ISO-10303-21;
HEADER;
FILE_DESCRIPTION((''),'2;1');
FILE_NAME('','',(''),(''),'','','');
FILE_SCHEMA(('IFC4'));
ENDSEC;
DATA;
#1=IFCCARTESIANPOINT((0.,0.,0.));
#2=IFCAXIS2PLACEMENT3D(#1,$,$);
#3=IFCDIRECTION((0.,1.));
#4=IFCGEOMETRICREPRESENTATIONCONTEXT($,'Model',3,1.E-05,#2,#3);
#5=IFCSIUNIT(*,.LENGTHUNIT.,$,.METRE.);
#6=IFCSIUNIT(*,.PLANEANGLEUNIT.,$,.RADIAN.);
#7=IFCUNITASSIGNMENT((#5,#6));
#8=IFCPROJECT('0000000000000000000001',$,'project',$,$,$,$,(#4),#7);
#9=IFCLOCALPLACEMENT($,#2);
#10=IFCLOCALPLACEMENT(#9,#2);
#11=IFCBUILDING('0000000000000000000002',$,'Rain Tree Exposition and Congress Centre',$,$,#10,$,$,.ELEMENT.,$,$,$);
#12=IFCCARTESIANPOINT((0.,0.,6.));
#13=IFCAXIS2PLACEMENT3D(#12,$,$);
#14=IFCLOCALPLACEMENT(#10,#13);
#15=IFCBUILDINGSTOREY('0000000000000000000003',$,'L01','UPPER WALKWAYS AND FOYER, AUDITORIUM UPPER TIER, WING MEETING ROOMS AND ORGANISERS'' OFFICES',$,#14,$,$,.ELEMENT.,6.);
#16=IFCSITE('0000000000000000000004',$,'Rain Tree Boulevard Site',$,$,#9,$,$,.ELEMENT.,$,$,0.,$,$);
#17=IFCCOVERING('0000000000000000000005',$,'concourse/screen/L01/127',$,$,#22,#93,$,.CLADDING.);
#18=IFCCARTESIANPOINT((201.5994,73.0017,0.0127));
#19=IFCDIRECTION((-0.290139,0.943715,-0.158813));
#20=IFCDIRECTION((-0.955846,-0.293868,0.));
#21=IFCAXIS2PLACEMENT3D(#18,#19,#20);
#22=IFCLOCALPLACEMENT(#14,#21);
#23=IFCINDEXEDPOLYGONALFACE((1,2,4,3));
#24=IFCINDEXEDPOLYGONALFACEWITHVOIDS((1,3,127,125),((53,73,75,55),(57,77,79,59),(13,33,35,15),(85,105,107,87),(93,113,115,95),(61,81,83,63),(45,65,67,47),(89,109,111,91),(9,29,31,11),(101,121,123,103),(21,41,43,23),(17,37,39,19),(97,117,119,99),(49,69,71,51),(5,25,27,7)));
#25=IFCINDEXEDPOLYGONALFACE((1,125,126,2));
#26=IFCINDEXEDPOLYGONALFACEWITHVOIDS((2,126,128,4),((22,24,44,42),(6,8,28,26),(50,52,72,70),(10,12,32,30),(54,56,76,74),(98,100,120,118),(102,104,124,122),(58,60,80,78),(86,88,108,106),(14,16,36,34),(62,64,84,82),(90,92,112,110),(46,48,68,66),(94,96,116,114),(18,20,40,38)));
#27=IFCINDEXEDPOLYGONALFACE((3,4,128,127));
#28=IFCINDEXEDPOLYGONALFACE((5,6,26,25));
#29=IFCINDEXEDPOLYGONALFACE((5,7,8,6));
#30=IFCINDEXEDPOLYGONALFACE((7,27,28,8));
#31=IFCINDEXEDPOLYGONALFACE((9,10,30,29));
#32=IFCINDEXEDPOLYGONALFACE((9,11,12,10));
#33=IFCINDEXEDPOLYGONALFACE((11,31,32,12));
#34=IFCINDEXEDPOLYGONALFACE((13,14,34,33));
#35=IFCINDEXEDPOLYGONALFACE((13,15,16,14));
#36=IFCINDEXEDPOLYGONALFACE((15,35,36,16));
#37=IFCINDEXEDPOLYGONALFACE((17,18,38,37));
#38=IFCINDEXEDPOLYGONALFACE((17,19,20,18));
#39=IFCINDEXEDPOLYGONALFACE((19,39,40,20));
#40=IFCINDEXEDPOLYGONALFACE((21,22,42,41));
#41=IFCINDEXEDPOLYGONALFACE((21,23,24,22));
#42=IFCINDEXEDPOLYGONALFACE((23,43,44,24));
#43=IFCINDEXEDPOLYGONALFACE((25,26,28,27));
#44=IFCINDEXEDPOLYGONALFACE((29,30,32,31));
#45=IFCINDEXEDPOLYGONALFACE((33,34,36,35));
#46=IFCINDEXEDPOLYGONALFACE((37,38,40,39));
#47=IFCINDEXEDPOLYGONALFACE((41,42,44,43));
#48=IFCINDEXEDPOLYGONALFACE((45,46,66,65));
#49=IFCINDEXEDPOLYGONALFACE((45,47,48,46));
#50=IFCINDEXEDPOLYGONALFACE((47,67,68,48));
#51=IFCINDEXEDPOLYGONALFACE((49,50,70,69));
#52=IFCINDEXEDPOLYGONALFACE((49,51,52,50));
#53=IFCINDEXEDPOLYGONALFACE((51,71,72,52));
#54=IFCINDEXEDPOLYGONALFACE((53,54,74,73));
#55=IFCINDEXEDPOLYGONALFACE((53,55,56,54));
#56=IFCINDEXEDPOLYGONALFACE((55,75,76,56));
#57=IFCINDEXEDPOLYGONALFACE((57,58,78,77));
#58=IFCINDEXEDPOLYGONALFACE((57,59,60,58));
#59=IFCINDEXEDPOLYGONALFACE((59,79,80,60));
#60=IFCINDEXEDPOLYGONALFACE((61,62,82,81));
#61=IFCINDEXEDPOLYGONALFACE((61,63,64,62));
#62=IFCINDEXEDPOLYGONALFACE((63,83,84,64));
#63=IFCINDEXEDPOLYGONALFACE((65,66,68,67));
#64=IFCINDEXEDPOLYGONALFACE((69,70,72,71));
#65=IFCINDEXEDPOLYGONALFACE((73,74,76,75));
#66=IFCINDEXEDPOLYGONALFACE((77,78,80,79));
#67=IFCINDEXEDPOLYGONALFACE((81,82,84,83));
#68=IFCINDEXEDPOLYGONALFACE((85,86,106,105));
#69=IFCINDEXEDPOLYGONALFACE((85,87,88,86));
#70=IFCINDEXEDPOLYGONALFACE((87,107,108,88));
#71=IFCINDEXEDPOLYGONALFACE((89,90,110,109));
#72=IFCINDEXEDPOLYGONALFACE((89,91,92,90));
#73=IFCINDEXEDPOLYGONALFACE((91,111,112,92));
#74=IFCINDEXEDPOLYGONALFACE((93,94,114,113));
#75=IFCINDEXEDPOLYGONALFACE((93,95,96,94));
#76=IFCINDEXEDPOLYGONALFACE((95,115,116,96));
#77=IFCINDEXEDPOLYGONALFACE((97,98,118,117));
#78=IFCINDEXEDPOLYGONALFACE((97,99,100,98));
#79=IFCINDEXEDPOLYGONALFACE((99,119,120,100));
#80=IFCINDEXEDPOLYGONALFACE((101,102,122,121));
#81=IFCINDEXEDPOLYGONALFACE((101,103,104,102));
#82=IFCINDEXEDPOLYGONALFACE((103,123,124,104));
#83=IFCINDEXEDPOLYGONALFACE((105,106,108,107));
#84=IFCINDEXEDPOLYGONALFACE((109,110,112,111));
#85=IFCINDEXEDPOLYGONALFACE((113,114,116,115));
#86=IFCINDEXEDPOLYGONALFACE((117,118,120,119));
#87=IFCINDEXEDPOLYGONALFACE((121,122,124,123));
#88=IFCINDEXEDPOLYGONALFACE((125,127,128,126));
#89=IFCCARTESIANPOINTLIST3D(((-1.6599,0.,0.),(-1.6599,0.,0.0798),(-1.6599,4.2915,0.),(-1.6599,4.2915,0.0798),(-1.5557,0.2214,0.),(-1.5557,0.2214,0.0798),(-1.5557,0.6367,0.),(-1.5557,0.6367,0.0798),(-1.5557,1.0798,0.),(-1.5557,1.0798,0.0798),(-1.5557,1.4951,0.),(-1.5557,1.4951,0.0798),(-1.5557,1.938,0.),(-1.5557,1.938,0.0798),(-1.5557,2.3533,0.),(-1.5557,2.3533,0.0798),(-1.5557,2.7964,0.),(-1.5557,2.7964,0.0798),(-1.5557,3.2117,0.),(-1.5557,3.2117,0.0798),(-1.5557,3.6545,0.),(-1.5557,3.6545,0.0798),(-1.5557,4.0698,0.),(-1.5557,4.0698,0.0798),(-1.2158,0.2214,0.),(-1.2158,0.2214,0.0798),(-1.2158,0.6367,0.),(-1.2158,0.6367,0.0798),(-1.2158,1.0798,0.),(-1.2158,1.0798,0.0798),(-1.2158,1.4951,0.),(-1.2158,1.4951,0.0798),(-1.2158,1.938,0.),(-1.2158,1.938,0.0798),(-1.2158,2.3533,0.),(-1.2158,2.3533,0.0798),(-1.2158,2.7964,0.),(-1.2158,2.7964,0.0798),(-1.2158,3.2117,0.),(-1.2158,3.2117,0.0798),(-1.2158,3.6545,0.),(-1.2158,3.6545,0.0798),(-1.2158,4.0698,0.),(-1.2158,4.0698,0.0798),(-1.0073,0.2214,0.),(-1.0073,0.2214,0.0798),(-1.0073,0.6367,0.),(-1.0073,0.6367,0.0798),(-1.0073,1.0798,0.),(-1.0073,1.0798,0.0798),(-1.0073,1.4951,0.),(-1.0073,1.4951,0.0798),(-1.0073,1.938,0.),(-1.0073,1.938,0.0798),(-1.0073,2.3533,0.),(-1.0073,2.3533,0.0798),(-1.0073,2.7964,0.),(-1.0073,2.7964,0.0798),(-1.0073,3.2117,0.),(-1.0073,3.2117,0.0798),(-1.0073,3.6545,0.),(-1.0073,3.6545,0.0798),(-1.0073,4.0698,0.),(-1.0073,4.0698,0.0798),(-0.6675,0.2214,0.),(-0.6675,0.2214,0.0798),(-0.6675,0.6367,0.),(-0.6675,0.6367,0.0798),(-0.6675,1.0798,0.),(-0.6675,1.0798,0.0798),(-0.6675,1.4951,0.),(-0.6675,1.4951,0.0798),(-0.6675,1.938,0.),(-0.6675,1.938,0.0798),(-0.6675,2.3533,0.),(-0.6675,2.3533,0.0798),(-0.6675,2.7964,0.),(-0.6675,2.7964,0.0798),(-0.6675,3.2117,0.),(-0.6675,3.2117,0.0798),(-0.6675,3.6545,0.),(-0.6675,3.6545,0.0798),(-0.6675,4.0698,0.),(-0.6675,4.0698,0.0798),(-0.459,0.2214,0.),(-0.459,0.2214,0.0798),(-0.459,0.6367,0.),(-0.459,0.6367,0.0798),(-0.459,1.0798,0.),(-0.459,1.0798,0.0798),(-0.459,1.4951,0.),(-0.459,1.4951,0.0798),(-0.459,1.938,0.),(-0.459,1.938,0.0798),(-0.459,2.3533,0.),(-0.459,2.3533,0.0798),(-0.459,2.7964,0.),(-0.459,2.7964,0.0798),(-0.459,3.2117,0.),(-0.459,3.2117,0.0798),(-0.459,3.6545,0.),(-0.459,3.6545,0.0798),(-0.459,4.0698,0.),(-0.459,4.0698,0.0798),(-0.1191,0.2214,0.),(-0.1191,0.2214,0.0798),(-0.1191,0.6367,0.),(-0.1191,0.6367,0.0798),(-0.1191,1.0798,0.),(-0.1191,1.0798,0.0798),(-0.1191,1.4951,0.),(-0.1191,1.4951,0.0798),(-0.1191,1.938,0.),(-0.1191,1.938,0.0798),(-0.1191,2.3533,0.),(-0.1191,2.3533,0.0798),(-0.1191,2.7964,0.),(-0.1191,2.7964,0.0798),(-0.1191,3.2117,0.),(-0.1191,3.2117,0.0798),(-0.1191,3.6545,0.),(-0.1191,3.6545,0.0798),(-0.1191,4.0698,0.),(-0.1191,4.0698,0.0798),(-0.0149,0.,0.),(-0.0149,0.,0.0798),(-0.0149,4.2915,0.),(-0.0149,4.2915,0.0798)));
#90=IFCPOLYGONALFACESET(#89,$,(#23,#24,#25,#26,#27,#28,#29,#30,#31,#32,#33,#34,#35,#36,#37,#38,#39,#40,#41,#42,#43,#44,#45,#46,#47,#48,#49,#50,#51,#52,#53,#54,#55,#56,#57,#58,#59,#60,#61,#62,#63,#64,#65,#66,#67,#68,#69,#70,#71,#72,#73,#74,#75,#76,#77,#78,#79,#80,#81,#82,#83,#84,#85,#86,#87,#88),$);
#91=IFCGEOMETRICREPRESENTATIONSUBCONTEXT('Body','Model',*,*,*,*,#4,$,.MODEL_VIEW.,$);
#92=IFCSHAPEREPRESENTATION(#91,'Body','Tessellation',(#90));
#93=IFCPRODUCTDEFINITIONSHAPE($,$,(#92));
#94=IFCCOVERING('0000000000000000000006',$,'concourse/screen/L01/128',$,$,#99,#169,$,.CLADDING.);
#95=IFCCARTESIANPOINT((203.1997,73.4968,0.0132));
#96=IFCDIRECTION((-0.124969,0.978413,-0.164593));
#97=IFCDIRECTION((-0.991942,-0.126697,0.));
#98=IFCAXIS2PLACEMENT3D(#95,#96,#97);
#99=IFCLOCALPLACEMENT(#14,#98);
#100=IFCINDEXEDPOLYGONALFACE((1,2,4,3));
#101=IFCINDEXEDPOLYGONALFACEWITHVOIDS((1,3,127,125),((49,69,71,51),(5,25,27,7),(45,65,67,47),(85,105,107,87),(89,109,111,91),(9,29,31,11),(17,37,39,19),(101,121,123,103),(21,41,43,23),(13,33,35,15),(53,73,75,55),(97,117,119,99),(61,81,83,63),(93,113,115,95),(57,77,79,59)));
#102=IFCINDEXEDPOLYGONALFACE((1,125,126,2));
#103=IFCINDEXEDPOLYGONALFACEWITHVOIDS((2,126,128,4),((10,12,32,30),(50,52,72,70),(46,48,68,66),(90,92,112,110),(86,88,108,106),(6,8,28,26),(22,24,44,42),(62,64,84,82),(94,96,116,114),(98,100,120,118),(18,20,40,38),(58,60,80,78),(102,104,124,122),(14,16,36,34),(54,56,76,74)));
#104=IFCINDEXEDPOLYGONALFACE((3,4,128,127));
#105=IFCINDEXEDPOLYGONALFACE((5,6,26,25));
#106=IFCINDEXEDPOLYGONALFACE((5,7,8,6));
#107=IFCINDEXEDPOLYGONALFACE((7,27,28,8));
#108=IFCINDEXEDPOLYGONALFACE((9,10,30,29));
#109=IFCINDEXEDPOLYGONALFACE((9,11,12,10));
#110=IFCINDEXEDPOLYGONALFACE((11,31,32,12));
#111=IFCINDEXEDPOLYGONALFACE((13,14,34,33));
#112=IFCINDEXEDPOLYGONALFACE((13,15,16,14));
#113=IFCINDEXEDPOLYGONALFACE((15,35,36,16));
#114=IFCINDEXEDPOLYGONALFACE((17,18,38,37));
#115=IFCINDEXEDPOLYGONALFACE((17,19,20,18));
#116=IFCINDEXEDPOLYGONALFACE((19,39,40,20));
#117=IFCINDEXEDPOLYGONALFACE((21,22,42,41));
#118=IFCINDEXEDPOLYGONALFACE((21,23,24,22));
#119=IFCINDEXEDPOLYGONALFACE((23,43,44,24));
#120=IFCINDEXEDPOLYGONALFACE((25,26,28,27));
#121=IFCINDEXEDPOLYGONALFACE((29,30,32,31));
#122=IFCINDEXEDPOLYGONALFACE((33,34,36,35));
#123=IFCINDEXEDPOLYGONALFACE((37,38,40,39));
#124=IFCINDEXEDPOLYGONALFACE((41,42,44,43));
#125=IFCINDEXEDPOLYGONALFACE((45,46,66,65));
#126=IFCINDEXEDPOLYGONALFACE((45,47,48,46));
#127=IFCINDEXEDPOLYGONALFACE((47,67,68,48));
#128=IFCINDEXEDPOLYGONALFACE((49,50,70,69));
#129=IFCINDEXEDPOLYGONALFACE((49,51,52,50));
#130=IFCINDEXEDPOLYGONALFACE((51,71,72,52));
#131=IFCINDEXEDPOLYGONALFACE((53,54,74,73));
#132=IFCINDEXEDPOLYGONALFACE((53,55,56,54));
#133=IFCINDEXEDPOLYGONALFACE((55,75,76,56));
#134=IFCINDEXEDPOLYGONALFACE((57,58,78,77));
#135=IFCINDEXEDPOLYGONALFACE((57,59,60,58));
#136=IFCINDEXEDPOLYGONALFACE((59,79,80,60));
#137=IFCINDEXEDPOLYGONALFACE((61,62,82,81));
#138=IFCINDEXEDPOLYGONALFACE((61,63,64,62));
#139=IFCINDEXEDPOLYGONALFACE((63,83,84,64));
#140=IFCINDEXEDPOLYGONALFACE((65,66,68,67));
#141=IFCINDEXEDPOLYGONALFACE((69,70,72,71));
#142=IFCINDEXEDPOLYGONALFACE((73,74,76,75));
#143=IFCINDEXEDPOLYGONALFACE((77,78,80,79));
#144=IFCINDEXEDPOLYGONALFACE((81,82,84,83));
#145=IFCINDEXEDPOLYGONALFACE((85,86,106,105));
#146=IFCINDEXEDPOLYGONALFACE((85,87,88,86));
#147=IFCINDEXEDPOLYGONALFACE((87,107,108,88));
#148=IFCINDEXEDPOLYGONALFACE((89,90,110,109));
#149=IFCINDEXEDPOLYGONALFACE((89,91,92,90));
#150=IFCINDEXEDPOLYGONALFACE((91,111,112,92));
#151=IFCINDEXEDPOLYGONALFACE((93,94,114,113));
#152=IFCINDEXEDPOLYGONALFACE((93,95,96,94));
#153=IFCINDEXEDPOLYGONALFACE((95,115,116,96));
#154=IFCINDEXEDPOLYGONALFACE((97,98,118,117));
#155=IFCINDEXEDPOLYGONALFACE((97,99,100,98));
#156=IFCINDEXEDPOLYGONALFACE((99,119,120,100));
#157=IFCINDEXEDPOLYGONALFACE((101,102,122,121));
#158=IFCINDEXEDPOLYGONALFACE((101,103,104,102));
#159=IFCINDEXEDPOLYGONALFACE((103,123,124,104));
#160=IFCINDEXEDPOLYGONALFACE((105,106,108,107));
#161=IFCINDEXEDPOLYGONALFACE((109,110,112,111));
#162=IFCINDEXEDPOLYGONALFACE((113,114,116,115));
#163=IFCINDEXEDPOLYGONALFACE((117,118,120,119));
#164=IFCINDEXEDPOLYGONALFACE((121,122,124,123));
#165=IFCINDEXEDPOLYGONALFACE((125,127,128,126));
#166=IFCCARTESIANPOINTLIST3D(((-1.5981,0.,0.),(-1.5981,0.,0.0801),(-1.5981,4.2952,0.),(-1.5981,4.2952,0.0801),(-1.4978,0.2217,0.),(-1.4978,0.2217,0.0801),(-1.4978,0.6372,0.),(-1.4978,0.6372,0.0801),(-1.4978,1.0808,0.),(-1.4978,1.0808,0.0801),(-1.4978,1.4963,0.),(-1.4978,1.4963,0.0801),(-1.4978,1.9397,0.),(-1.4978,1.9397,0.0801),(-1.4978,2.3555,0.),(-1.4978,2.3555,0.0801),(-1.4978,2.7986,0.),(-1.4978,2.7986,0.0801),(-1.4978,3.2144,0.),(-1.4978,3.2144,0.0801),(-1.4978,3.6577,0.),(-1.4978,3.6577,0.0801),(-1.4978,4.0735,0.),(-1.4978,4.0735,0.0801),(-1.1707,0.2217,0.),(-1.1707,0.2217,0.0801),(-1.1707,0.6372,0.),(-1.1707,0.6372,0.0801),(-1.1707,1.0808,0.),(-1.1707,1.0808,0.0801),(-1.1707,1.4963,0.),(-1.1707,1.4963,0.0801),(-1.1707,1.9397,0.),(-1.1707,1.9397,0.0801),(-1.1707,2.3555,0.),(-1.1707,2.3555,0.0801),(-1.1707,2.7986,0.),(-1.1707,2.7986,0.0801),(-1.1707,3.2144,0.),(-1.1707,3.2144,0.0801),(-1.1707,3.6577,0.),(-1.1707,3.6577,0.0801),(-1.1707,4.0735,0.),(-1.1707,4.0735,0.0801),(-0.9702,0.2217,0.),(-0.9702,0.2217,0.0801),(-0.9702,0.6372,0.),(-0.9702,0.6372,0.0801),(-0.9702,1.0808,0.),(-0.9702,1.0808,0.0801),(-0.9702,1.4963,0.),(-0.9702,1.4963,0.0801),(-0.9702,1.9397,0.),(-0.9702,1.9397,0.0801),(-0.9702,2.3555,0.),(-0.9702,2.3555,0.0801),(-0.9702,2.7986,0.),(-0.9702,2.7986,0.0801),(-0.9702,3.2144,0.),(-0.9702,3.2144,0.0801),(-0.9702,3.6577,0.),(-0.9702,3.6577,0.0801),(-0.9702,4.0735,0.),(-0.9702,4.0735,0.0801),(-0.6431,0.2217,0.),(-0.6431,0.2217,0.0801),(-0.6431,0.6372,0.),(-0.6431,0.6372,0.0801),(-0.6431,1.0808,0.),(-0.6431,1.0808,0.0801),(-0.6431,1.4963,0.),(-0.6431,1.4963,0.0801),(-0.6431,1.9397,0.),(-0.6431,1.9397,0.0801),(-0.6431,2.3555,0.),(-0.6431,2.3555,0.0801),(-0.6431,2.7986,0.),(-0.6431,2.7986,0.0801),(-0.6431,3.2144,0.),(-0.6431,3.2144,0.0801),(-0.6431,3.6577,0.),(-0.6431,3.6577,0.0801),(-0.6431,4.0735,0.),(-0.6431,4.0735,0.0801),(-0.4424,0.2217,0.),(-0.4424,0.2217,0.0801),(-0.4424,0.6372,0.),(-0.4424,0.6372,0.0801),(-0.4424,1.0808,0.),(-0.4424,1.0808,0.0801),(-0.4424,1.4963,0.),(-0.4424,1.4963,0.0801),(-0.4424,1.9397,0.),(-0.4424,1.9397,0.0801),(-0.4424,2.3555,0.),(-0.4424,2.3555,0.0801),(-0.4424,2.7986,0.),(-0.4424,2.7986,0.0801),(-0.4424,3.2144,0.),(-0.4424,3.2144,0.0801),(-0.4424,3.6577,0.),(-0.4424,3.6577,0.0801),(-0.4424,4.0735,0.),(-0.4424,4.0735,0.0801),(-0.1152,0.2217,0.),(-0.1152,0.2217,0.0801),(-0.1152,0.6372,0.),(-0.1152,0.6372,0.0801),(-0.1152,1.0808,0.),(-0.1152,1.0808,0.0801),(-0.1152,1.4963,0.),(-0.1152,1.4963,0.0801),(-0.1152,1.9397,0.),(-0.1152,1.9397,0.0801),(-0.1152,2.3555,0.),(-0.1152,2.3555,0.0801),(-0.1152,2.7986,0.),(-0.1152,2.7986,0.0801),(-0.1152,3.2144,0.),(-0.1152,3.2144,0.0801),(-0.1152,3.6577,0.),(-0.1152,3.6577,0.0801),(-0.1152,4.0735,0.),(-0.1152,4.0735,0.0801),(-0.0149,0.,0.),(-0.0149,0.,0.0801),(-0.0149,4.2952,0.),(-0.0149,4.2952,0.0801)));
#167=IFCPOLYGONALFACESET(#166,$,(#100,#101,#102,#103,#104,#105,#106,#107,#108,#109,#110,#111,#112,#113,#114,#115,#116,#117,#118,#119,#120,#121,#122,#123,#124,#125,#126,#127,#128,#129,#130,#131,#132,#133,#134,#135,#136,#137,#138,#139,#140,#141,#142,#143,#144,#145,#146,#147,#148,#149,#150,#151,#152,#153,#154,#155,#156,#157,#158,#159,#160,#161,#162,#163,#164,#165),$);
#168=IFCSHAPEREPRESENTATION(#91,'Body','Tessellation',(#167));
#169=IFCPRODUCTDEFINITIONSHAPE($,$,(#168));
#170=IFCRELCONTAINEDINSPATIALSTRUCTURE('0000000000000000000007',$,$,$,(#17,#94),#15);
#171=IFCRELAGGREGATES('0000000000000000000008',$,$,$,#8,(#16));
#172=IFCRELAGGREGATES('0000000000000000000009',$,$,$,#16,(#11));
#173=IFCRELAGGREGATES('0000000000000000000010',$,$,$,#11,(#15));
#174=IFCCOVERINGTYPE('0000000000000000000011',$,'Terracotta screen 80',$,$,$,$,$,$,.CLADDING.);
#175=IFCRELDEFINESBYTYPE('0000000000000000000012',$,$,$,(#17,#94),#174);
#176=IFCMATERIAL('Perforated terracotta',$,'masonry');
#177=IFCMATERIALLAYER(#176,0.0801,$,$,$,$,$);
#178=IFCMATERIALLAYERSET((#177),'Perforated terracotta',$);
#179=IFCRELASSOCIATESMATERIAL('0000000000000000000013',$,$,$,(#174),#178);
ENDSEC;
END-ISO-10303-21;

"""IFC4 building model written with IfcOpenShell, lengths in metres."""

from ifc_helpers import new_model, si_unit, direction, frame, origin, place, context, subcontext, project, spatial, polyline, outline, extrude, material, layer, layer_set, type_object, element, save


model = new_model("IFC4")

# Units and contexts
model_context = context("Model", 3, precision=1e-05, world=origin(), true_north=direction((0.0, 1.0)))
body_context = subcontext(model_context, "Body", "Model", "MODEL_VIEW")
ifc_project = project(units=[si_unit("LENGTHUNIT", "METRE"), si_unit("PLANEANGLEUNIT", "RADIAN")], contexts=[model_context])

# Site, building, storey
site_placement = place(None, origin())
site = spatial("IfcSite", under=ifc_project, at=site_placement, Name="Rain Tree Boulevard Site", CompositionType="ELEMENT", RefElevation=0.0)
building_placement = place(site_placement, origin())
building = spatial("IfcBuilding", under=site, at=building_placement, Name="Rain Tree Exposition and Congress Centre", CompositionType="ELEMENT")
storey_placement = place(building_placement, frame((0.0, 0.0, 6.0)))
storey = spatial("IfcBuildingStorey", under=building, at=storey_placement, Name="L01", Description="UPPER WALKWAYS AND FOYER, AUDITORIUM UPPER TIER, WING MEETING ROOMS AND ORGANISERS' OFFICES", CompositionType="ELEMENT", Elevation=6.0)

# Coverings
ifc_material_1 = material(Name="Perforated terracotta", Category="masonry")
ifc_layer_1 = layer(ifc_material_1, 0.0801)
ifc_layer_set_1 = layer_set([ifc_layer_1], Name="Perforated terracotta")
covering_type = type_object("IfcCoveringType", Name="Terracotta screen 80", PredefinedType="CLADDING", material=ifc_layer_set_1)
covering_1_placement = place(storey_placement, frame((201.5994, 73.0017, 0.0127), z_axis=(-0.290139, 0.943715, -0.158813), x_axis=(-0.955846, -0.293868, 0.0)))
element("IfcCovering", 1, at=covering_1_placement, inside=storey, type_object=covering_type, Name="concourse/screen/L01/127", PredefinedType="CLADDING", context=body_context, shape_type="SweptSolid", body=[
    extrude(outline(polyline([(-1.6599, 0.0), (-1.6599, 4.2915), (-0.0149, 4.2915), (-0.0149, 0.0), (-1.6599, 0.0)]), holes=[polyline([(-0.1191, 0.2214), (-0.1191, 0.6367), (-0.459, 0.6367), (-0.459, 0.2214), (-0.1191, 0.2214)]), polyline([(-0.1191, 1.0798), (-0.1191, 1.4951), (-0.459, 1.4951), (-0.459, 1.0798), (-0.1191, 1.0798)]), polyline([(-0.1191, 1.938), (-0.1191, 2.3533), (-0.459, 2.3533), (-0.459, 1.938), (-0.1191, 1.938)]), polyline([(-0.1191, 2.7964), (-0.1191, 3.2117), (-0.459, 3.2117), (-0.459, 2.7964), (-0.1191, 2.7964)]), polyline([(-0.1191, 3.6545), (-0.1191, 4.0698), (-0.459, 4.0698), (-0.459, 3.6545), (-0.1191, 3.6545)]), polyline([(-0.6675, 0.2214), (-0.6675, 0.6367), (-1.0073, 0.6367), (-1.0073, 0.2214), (-0.6675, 0.2214)]), polyline([(-0.6675, 1.0798), (-0.6675, 1.4951), (-1.0073, 1.4951), (-1.0073, 1.0798), (-0.6675, 1.0798)]), polyline([(-0.6675, 1.938), (-0.6675, 2.3533), (-1.0073, 2.3533), (-1.0073, 1.938), (-0.6675, 1.938)]), polyline([(-0.6675, 2.7964), (-0.6675, 3.2117), (-1.0073, 3.2117), (-1.0073, 2.7964), (-0.6675, 2.7964)]), polyline([(-0.6675, 3.6545), (-0.6675, 4.0698), (-1.0073, 4.0698), (-1.0073, 3.6545), (-0.6675, 3.6545)]), polyline([(-1.2158, 0.2214), (-1.2158, 0.6367), (-1.5557, 0.6367), (-1.5557, 0.2214), (-1.2158, 0.2214)]), polyline([(-1.2158, 1.0798), (-1.2158, 1.4951), (-1.5557, 1.4951), (-1.5557, 1.0798), (-1.2158, 1.0798)]), polyline([(-1.2158, 1.938), (-1.2158, 2.3533), (-1.5557, 2.3533), (-1.5557, 1.938), (-1.2158, 1.938)]), polyline([(-1.2158, 2.7964), (-1.2158, 3.2117), (-1.5557, 3.2117), (-1.5557, 2.7964), (-1.2158, 2.7964)]), polyline([(-1.2158, 3.6545), (-1.2158, 4.0698), (-1.5557, 4.0698), (-1.5557, 3.6545), (-1.2158, 3.6545)])]), origin(), (0.0, 0.0, 1.0), 0.0798),
])
covering_2_placement = place(storey_placement, frame((203.1997, 73.4968, 0.0132), z_axis=(-0.124969, 0.978413, -0.164593), x_axis=(-0.991942, -0.126697, 0.0)))
element("IfcCovering", 2, at=covering_2_placement, inside=storey, type_object=covering_type, Name="concourse/screen/L01/128", PredefinedType="CLADDING", context=body_context, shape_type="SweptSolid", body=[
    extrude(outline(polyline([(-1.5981, 0.0), (-1.5981, 4.2952), (-0.0149, 4.2952), (-0.0149, 0.0), (-1.5981, 0.0)]), holes=[polyline([(-0.1152, 0.2217), (-0.1152, 0.6372), (-0.4424, 0.6372), (-0.4424, 0.2217), (-0.1152, 0.2217)]), polyline([(-0.1152, 1.0808), (-0.1152, 1.4963), (-0.4424, 1.4963), (-0.4424, 1.0808), (-0.1152, 1.0808)]), polyline([(-0.1152, 1.9397), (-0.1152, 2.3555), (-0.4424, 2.3555), (-0.4424, 1.9397), (-0.1152, 1.9397)]), polyline([(-0.1152, 2.7986), (-0.1152, 3.2144), (-0.4424, 3.2144), (-0.4424, 2.7986), (-0.1152, 2.7986)]), polyline([(-0.1152, 3.6577), (-0.1152, 4.0735), (-0.4424, 4.0735), (-0.4424, 3.6577), (-0.1152, 3.6577)]), polyline([(-0.6431, 0.2217), (-0.6431, 0.6372), (-0.9702, 0.6372), (-0.9702, 0.2217), (-0.6431, 0.2217)]), polyline([(-0.6431, 1.0808), (-0.6431, 1.4963), (-0.9702, 1.4963), (-0.9702, 1.0808), (-0.6431, 1.0808)]), polyline([(-0.6431, 1.9397), (-0.6431, 2.3555), (-0.9702, 2.3555), (-0.9702, 1.9397), (-0.6431, 1.9397)]), polyline([(-0.6431, 2.7986), (-0.6431, 3.2144), (-0.9702, 3.2144), (-0.9702, 2.7986), (-0.6431, 2.7986)]), polyline([(-0.6431, 3.6577), (-0.6431, 4.0735), (-0.9702, 4.0735), (-0.9702, 3.6577), (-0.6431, 3.6577)]), polyline([(-1.1707, 0.2217), (-1.1707, 0.6372), (-1.4978, 0.6372), (-1.4978, 0.2217), (-1.1707, 0.2217)]), polyline([(-1.1707, 1.0808), (-1.1707, 1.4963), (-1.4978, 1.4963), (-1.4978, 1.0808), (-1.1707, 1.0808)]), polyline([(-1.1707, 1.9397), (-1.1707, 2.3555), (-1.4978, 2.3555), (-1.4978, 1.9397), (-1.1707, 1.9397)]), polyline([(-1.1707, 2.7986), (-1.1707, 3.2144), (-1.4978, 3.2144), (-1.4978, 2.7986), (-1.1707, 2.7986)]), polyline([(-1.1707, 3.6577), (-1.1707, 4.0735), (-1.4978, 4.0735), (-1.4978, 3.6577), (-1.1707, 3.6577)])]), origin(), (0.0, 0.0, 1.0), 0.0801),
])

save(model, "model.ifc")
